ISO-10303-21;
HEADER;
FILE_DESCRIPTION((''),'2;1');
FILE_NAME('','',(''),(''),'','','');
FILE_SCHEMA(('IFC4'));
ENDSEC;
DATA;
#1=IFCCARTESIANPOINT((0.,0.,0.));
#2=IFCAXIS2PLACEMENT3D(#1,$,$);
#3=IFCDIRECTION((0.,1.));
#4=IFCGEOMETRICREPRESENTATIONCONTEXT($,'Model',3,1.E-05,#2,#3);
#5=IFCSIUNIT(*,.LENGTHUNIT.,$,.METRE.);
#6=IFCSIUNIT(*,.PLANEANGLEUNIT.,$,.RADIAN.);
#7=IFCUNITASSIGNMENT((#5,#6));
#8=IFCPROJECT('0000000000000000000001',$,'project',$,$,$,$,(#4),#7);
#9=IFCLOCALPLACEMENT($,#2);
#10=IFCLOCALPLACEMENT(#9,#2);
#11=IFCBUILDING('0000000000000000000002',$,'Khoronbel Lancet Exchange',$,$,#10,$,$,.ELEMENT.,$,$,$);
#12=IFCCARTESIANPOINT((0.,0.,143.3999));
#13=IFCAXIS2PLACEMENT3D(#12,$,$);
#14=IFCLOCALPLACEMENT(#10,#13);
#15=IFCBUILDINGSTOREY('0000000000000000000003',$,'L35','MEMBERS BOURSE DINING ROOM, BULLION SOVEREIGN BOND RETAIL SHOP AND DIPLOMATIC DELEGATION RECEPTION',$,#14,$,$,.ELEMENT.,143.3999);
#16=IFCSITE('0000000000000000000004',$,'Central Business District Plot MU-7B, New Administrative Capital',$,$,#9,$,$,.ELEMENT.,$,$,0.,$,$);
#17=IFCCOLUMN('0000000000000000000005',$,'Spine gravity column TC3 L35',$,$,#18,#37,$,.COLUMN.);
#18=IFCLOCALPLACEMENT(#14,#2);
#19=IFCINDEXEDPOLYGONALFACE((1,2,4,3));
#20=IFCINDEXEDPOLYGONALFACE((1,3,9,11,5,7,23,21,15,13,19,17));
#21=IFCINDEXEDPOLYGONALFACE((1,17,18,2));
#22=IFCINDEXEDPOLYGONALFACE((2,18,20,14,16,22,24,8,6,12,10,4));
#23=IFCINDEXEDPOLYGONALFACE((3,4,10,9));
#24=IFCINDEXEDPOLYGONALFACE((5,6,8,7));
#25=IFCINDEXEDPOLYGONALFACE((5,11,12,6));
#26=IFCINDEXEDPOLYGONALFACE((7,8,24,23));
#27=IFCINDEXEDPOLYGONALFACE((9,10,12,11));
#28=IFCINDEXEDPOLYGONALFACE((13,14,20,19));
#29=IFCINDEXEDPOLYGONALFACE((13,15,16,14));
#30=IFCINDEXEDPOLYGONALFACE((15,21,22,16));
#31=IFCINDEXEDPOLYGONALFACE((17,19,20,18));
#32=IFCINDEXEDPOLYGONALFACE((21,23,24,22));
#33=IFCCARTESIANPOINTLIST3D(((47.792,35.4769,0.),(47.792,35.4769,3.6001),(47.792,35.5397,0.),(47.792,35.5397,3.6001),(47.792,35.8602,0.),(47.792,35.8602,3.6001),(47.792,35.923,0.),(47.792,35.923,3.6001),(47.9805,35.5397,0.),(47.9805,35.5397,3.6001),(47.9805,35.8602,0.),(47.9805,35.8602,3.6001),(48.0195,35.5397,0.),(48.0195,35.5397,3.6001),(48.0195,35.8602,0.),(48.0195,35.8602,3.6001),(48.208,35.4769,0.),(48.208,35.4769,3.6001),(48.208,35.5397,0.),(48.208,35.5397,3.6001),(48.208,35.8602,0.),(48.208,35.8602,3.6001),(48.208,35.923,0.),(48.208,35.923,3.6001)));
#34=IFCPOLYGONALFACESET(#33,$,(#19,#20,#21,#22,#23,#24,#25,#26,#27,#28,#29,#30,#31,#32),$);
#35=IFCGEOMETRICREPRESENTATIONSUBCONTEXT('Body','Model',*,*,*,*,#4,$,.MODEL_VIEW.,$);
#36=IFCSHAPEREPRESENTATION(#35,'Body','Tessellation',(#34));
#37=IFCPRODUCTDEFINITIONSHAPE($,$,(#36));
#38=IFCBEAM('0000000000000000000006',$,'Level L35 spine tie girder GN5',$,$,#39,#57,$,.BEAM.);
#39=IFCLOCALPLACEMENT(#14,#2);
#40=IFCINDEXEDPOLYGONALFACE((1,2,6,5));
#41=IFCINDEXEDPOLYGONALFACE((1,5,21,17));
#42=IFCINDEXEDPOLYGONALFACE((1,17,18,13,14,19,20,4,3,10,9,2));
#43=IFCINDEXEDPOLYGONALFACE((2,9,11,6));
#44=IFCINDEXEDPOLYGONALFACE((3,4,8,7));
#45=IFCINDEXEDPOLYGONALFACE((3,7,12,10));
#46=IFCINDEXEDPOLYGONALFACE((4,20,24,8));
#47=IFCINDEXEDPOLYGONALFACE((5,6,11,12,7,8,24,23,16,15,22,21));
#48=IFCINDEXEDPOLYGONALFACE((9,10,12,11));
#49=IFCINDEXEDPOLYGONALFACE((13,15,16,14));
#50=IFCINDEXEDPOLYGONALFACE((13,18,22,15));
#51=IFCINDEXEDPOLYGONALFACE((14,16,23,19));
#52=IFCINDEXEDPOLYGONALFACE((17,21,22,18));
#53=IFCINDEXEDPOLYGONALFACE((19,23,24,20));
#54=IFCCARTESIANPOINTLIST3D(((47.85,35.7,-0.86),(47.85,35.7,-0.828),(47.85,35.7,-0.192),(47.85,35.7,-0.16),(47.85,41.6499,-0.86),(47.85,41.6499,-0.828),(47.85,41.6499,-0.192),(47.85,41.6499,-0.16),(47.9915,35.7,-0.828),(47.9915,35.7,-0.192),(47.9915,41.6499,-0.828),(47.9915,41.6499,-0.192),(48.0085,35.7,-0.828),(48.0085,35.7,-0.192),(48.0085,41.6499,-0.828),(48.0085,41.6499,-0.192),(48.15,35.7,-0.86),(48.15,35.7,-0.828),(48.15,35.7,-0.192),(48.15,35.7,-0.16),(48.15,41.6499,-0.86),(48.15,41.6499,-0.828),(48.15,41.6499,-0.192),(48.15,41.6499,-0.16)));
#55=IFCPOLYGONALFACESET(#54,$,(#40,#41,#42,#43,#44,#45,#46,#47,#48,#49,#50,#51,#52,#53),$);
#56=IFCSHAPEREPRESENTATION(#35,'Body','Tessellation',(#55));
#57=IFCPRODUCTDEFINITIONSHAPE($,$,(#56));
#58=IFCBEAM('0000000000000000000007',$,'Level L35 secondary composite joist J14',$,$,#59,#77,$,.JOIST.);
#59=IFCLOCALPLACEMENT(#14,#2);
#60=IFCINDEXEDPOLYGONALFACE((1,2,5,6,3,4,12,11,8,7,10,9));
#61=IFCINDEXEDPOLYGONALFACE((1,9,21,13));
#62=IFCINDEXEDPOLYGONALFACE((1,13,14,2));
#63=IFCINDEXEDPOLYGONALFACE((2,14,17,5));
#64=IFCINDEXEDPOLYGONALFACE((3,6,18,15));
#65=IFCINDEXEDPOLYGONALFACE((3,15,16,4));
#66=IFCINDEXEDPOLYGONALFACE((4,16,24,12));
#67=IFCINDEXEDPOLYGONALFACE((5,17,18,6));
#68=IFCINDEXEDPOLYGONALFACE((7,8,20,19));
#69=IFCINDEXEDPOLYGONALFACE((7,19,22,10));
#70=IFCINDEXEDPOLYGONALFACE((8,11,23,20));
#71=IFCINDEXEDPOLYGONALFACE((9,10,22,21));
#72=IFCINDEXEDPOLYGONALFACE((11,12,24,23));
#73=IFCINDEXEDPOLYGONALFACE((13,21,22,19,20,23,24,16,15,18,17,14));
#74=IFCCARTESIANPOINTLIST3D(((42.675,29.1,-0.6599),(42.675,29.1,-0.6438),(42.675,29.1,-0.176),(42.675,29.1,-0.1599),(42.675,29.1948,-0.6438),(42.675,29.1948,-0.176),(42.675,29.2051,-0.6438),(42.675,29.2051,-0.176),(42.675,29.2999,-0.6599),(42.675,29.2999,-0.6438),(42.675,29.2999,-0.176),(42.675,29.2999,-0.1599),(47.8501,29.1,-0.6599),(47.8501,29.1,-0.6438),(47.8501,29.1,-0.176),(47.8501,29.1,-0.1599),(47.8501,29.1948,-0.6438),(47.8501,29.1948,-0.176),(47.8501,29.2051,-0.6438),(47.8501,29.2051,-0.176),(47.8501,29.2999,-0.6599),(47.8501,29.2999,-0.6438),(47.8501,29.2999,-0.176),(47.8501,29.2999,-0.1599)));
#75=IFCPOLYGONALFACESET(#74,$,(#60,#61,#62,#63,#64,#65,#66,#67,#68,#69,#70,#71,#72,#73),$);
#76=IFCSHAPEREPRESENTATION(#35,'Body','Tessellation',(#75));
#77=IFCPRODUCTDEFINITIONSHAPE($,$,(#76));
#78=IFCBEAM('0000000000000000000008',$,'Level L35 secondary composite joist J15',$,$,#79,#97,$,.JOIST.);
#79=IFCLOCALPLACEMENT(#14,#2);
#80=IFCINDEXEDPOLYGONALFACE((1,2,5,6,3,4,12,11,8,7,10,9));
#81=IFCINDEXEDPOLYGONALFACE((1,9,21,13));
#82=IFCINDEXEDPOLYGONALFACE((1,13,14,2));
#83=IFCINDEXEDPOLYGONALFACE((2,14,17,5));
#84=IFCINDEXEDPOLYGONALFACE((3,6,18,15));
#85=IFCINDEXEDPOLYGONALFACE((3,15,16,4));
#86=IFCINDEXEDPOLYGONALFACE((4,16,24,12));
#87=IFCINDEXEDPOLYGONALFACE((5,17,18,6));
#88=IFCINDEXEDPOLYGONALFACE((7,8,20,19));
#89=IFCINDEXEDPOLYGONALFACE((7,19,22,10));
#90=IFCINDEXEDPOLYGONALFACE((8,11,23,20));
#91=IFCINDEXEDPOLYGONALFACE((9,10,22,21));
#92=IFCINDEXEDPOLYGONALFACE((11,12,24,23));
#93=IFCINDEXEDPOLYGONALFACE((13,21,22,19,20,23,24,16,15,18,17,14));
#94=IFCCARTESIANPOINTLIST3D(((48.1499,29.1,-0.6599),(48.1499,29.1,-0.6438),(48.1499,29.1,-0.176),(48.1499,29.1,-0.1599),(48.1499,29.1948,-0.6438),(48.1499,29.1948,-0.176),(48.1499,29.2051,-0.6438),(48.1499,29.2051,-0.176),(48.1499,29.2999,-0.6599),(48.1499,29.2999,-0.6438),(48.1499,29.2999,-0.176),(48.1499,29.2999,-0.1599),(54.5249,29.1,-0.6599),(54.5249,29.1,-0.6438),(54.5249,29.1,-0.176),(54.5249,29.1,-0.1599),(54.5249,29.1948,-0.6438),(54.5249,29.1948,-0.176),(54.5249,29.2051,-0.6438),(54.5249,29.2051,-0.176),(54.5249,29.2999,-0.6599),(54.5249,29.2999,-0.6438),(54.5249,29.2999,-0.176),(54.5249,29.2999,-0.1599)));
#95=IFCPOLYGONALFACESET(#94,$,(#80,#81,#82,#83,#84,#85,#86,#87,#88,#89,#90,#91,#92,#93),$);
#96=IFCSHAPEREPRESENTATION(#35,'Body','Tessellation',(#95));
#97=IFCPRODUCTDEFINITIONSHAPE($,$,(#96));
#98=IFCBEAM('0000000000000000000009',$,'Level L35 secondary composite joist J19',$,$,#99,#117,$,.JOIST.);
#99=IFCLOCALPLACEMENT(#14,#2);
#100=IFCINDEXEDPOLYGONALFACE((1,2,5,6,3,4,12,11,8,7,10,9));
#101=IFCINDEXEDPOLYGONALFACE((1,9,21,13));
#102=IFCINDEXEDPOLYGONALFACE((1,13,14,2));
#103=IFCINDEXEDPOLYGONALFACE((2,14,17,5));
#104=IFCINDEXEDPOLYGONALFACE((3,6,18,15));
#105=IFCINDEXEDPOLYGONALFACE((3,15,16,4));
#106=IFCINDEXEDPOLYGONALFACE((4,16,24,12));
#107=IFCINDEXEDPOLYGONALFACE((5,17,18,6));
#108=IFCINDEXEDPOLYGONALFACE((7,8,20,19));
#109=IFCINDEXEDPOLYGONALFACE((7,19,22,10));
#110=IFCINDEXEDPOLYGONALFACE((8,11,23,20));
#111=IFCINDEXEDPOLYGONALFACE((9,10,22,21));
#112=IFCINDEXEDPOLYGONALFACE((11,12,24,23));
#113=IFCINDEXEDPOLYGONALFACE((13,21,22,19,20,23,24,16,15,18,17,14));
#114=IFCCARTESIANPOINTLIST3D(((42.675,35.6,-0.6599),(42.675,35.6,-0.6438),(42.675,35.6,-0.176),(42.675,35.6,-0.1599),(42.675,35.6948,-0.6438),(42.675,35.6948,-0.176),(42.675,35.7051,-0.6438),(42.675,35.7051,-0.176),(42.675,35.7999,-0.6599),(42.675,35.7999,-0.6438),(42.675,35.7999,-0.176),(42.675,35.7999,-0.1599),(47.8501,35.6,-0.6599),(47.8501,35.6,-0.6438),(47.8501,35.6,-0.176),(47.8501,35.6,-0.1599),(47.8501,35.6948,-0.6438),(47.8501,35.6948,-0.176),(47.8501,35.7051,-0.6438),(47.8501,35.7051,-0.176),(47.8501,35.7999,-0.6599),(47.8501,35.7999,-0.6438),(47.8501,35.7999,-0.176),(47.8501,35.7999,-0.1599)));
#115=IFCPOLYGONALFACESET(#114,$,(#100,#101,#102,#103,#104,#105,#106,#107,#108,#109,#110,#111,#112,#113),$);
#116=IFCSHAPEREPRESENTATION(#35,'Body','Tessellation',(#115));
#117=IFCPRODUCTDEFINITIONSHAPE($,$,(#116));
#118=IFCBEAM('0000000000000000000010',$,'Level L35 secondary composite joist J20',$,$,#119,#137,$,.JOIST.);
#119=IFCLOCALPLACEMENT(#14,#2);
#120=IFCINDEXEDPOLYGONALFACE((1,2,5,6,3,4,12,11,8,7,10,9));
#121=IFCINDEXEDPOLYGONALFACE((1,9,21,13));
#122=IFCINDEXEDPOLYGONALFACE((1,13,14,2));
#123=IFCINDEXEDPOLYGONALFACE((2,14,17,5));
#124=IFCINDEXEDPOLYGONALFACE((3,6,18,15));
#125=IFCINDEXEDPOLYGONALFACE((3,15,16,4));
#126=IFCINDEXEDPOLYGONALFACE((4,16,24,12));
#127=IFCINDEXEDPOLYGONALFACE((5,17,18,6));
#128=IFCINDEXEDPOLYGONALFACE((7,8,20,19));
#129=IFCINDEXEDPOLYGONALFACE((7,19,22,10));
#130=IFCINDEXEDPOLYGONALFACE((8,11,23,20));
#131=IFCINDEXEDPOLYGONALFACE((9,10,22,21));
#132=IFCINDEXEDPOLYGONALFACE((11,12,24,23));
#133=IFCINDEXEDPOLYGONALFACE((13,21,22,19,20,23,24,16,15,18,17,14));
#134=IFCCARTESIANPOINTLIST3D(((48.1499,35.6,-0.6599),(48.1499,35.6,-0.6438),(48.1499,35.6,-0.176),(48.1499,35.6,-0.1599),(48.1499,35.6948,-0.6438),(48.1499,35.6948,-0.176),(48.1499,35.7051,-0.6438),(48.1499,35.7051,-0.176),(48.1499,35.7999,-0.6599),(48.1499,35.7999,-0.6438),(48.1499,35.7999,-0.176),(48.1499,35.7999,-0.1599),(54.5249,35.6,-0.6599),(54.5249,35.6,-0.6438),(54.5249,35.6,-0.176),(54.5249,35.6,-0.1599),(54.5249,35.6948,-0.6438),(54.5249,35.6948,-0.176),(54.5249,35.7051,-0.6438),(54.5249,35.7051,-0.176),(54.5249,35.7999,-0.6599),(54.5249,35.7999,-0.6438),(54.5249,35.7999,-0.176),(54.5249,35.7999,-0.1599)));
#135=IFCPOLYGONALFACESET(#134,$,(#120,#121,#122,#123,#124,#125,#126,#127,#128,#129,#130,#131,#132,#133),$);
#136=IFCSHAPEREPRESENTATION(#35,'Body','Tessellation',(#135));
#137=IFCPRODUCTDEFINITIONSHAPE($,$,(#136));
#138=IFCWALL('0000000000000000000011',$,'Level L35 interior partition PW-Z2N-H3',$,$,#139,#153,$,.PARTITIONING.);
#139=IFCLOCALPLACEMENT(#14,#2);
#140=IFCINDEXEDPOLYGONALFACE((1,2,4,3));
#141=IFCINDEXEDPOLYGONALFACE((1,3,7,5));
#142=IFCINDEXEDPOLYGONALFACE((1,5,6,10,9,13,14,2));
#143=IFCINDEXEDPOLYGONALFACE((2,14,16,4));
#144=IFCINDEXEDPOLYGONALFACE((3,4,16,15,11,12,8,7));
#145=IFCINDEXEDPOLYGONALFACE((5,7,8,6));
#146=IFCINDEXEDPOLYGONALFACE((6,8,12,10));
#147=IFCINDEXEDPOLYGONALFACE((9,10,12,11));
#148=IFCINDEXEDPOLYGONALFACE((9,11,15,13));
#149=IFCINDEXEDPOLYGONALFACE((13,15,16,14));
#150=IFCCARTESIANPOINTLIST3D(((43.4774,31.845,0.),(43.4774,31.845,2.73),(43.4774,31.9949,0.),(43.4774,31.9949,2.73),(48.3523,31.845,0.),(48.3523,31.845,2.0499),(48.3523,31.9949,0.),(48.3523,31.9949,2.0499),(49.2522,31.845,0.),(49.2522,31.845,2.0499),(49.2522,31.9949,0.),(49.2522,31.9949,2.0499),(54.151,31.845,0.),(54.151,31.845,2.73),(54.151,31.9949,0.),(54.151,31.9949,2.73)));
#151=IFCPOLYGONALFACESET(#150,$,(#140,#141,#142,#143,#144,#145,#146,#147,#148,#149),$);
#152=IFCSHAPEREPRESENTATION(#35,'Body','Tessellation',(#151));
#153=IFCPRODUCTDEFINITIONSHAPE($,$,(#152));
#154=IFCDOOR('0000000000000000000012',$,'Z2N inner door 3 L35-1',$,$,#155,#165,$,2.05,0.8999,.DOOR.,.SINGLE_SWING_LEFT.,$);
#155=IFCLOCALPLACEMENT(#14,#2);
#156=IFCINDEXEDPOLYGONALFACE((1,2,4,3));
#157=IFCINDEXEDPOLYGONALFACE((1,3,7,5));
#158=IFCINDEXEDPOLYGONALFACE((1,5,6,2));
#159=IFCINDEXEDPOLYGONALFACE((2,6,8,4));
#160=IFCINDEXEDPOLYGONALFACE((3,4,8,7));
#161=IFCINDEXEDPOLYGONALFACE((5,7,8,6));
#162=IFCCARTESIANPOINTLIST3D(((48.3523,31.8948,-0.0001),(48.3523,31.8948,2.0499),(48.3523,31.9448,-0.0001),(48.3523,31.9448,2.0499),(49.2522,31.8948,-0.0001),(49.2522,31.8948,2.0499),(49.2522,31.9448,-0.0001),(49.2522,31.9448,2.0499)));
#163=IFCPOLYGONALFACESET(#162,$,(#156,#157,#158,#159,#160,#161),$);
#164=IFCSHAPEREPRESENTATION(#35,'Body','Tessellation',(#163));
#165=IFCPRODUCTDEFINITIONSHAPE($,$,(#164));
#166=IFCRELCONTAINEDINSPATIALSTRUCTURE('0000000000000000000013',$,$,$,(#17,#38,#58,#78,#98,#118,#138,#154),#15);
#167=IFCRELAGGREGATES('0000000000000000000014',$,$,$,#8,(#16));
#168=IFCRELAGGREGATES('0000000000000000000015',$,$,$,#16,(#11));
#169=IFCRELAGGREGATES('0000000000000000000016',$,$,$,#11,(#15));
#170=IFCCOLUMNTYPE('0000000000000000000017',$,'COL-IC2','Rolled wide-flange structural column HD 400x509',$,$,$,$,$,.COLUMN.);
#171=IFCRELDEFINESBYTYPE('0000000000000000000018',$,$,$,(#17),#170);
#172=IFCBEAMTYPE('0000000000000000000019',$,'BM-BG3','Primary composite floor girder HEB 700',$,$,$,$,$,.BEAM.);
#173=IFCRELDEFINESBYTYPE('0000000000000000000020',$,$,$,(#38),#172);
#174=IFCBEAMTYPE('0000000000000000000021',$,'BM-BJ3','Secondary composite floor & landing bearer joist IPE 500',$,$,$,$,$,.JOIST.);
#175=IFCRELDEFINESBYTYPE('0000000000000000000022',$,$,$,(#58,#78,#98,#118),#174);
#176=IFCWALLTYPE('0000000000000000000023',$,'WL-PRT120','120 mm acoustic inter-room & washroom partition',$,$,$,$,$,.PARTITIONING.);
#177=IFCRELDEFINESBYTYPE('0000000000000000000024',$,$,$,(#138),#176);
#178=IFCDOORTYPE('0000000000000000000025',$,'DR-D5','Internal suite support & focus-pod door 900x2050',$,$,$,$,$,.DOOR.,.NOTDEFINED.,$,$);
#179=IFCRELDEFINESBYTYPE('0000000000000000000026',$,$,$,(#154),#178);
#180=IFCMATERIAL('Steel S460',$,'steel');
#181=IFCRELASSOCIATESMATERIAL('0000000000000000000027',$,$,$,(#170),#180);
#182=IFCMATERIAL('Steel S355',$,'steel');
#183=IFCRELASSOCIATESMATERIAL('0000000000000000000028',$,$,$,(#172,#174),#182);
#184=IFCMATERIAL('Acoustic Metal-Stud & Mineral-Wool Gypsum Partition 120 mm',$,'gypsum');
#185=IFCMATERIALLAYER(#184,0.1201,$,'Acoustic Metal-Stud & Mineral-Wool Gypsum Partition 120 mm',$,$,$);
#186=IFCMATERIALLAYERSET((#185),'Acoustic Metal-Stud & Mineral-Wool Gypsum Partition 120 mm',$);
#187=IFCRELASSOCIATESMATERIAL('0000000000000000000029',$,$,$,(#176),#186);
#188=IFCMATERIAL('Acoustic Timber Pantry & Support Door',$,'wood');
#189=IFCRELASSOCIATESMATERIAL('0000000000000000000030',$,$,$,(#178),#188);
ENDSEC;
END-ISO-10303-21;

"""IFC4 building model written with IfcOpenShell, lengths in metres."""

from ifc_helpers import new_model, si_unit, direction, frame, frame_2d, origin, origin_2d, place, context, subcontext, project, spatial, rectangle, i_section, extrude, material, layer, layer_set, material_profile, profile_set, type_object, element, fill, save


model = new_model("IFC4")

# Units and contexts
model_context = context("Model", 3, precision=1e-05, world=origin(), true_north=direction((0.0, 1.0)))
body_context = subcontext(model_context, "Body", "Model", "MODEL_VIEW")
ifc_project = project(units=[si_unit("LENGTHUNIT", "METRE"), si_unit("PLANEANGLEUNIT", "RADIAN")], contexts=[model_context])

# Site, building, storey
site_placement = place(None, origin())
site = spatial("IfcSite", under=ifc_project, at=site_placement, Name="Central Business District Plot MU-7B, New Administrative Capital", CompositionType="ELEMENT", RefElevation=0.0)
building_placement = place(site_placement, origin())
building = spatial("IfcBuilding", under=site, at=building_placement, Name="Khoronbel Lancet Exchange", CompositionType="ELEMENT")
storey_placement = place(building_placement, frame((0.0, 0.0, 143.3999)))
storey = spatial("IfcBuildingStorey", under=building, at=storey_placement, Name="L35", Description="MEMBERS BOURSE DINING ROOM, BULLION SOVEREIGN BOND RETAIL SHOP AND DIPLOMATIC DELEGATION RECEPTION", CompositionType="ELEMENT", Elevation=143.3999)

# Column
ifc_material_1 = material(Name="Steel S460", Category="steel")
ifc_material_profile_1 = material_profile(ifc_material_1, i_section(OverallWidth=0.416, OverallDepth=0.446, WebThickness=0.0391, FlangeThickness=0.0627, at=origin_2d()), Name="HD 400x509")
ifc_profile_set_1 = profile_set([ifc_material_profile_1], Name="Steel S460")
column_type = type_object("IfcColumnType", Name="COL-IC2", Description="Rolled wide-flange structural column HD 400x509", PredefinedType="COLUMN", material=ifc_profile_set_1)
column_placement = place(storey_placement, frame((48.0, 35.7, 0.0), z_axis=(0.0, 0.0, 1.0), x_axis=(1.0, 0.0, 0.0)))
element("IfcColumn", 1, at=column_placement, inside=storey, type_object=column_type, Name="Spine gravity column TC3 L35", PredefinedType="COLUMN", context=body_context, shape_type="SweptSolid", body=[
    extrude(i_section(OverallWidth=0.416, OverallDepth=0.446, WebThickness=0.0391, FlangeThickness=0.0627, at=origin_2d()), origin(), (0.0, 0.0, 1.0), 3.6001),
])

# Beams
ifc_material_2 = material(Name="Steel S355", Category="steel")
ifc_material_profile_2 = material_profile(ifc_material_2, i_section(OverallWidth=0.3, OverallDepth=0.7, WebThickness=0.0171, FlangeThickness=0.032, at=origin_2d()), Name="HEB 700")
ifc_profile_set_2 = profile_set([ifc_material_profile_2], Name="Steel S355")
beam_type_1 = type_object("IfcBeamType", Name="BM-BG3", Description="Primary composite floor girder HEB 700", PredefinedType="BEAM", material=ifc_profile_set_2)
beam_1_placement = place(storey_placement, frame((48.0, 35.7, -0.51), z_axis=(0.0, 1.0, 0.0), x_axis=(-1.0, 0.0, 0.0)))
element("IfcBeam", 2, at=beam_1_placement, inside=storey, type_object=beam_type_1, Name="Level L35 spine tie girder GN5", PredefinedType="BEAM", context=body_context, shape_type="SweptSolid", body=[
    extrude(i_section(OverallWidth=0.3, OverallDepth=0.7, WebThickness=0.0171, FlangeThickness=0.032, at=origin_2d()), origin(), (0.0, 0.0, 1.0), 5.95),
])
ifc_material_profile_3 = material_profile(ifc_material_2, i_section(OverallWidth=0.2, OverallDepth=0.5, WebThickness=0.0103, FlangeThickness=0.0161, at=origin_2d()), Name="IPE 500")
ifc_profile_set_3 = profile_set([ifc_material_profile_3], Name="Steel S355")
beam_type_2 = type_object("IfcBeamType", Name="BM-BJ3", Description="Secondary composite floor & landing bearer joist IPE 500", PredefinedType="JOIST", material=ifc_profile_set_3)
beam_2_placement = place(storey_placement, frame((42.675, 29.2, -0.4099), z_axis=(1.0, 0.0, 0.0), x_axis=(0.0, 1.0, 0.0)))
element("IfcBeam", 3, at=beam_2_placement, inside=storey, type_object=beam_type_2, Name="Level L35 secondary composite joist J14", PredefinedType="JOIST", context=body_context, shape_type="SweptSolid", body=[
    extrude(i_section(OverallWidth=0.2, OverallDepth=0.5, WebThickness=0.0103, FlangeThickness=0.0161, at=origin_2d()), origin(), (0.0, 0.0, 1.0), 5.175),
])
beam_3_placement = place(storey_placement, frame((48.1499, 29.2, -0.4099), z_axis=(1.0, 0.0, 0.0), x_axis=(0.0, 1.0, 0.0)))
element("IfcBeam", 4, at=beam_3_placement, inside=storey, type_object=beam_type_2, Name="Level L35 secondary composite joist J15", PredefinedType="JOIST", context=body_context, shape_type="SweptSolid", body=[
    extrude(i_section(OverallWidth=0.2, OverallDepth=0.5, WebThickness=0.0103, FlangeThickness=0.0161, at=origin_2d()), origin(), (0.0, 0.0, 1.0), 6.375),
])
beam_4_placement = place(storey_placement, frame((42.675, 35.7, -0.4099), z_axis=(1.0, 0.0, 0.0), x_axis=(0.0, 1.0, 0.0)))
element("IfcBeam", 5, at=beam_4_placement, inside=storey, type_object=beam_type_2, Name="Level L35 secondary composite joist J19", PredefinedType="JOIST", context=body_context, shape_type="SweptSolid", body=[
    extrude(i_section(OverallWidth=0.2, OverallDepth=0.5, WebThickness=0.0103, FlangeThickness=0.0161, at=origin_2d()), origin(), (0.0, 0.0, 1.0), 5.175),
])
beam_5_placement = place(storey_placement, frame((48.1499, 35.7, -0.4099), z_axis=(1.0, 0.0, 0.0), x_axis=(0.0, 1.0, 0.0)))
element("IfcBeam", 6, at=beam_5_placement, inside=storey, type_object=beam_type_2, Name="Level L35 secondary composite joist J20", PredefinedType="JOIST", context=body_context, shape_type="SweptSolid", body=[
    extrude(i_section(OverallWidth=0.2, OverallDepth=0.5, WebThickness=0.0103, FlangeThickness=0.0161, at=origin_2d()), origin(), (0.0, 0.0, 1.0), 6.375),
])

# Wall, opening, door
ifc_material_3 = material(Name="Acoustic Metal-Stud & Mineral-Wool Gypsum Partition 120 mm", Category="gypsum")
ifc_layer_1 = layer(ifc_material_3, 0.1201, Name="Acoustic Metal-Stud & Mineral-Wool Gypsum Partition 120 mm")
ifc_layer_set_1 = layer_set([ifc_layer_1], Name="Acoustic Metal-Stud & Mineral-Wool Gypsum Partition 120 mm")
wall_type_1 = type_object("IfcWallType", Name="WL-PRT120", Description="120 mm acoustic inter-room & washroom partition", PredefinedType="PARTITIONING", material=ifc_layer_set_1)
wall_1_placement = place(storey_placement, frame((43.4773, 31.9199, 0.0), z_axis=(0.0, 0.0, 1.0), x_axis=(1.0, 0.0, 0.0)))
wall_1 = element("IfcWall", 7, at=wall_1_placement, inside=storey, type_object=wall_type_1, Name="Level L35 interior partition PW-Z2N-H3", PredefinedType="PARTITIONING", context=body_context, shape_type="SweptSolid", body=[
    extrude(rectangle(XDim=10.6736, YDim=0.1499, at=frame_2d((5.3369, 0.0))), origin(), (0.0, 0.0, 1.0), 2.73),
])
opening_1_placement = place(wall_1_placement, frame((4.875, 0.0, 0.0)))
opening_1 = element("IfcOpeningElement", 8, at=opening_1_placement, cuts=wall_1, PredefinedType="OPENING", context=body_context, shape_type="SweptSolid", body=[
    extrude(rectangle(XDim=0.8999, YDim=2.05, at=frame_2d((0.45, 1.0249))), frame((0.0, 0.085, 0.0), z_axis=(0.0, -1.0, 0.0), x_axis=(1.0, 0.0, 0.0)), (0.0, 0.0, 1.0), 0.1699),
])
ifc_material_4 = material(Name="Acoustic Timber Pantry & Support Door", Category="wood")
door_type_1 = type_object("IfcDoorType", Name="DR-D5", Description="Internal suite support & focus-pod door 900x2050", OperationType="NOTDEFINED", PredefinedType="DOOR", material=ifc_material_4)
door_1_placement = place(opening_1_placement, origin())
door_1 = element("IfcDoor", 9, at=door_1_placement, inside=storey, type_object=door_type_1, Name="Z2N inner door 3 L35-1", OperationType="SINGLE_SWING_LEFT", OverallHeight=2.05, OverallWidth=0.8999, PredefinedType="DOOR", context=body_context, shape_type="SweptSolid", body=[
    extrude(rectangle(XDim=0.8999, YDim=2.05, at=frame_2d((0.45, 1.0249))), frame((0.0, 0.0249, 0.0), z_axis=(0.0, -1.0, 0.0), x_axis=(1.0, 0.0, 0.0)), (0.0, 0.0, 1.0), 0.05),
])
fill(opening_1, door_1)

save(model, "model.ifc")
